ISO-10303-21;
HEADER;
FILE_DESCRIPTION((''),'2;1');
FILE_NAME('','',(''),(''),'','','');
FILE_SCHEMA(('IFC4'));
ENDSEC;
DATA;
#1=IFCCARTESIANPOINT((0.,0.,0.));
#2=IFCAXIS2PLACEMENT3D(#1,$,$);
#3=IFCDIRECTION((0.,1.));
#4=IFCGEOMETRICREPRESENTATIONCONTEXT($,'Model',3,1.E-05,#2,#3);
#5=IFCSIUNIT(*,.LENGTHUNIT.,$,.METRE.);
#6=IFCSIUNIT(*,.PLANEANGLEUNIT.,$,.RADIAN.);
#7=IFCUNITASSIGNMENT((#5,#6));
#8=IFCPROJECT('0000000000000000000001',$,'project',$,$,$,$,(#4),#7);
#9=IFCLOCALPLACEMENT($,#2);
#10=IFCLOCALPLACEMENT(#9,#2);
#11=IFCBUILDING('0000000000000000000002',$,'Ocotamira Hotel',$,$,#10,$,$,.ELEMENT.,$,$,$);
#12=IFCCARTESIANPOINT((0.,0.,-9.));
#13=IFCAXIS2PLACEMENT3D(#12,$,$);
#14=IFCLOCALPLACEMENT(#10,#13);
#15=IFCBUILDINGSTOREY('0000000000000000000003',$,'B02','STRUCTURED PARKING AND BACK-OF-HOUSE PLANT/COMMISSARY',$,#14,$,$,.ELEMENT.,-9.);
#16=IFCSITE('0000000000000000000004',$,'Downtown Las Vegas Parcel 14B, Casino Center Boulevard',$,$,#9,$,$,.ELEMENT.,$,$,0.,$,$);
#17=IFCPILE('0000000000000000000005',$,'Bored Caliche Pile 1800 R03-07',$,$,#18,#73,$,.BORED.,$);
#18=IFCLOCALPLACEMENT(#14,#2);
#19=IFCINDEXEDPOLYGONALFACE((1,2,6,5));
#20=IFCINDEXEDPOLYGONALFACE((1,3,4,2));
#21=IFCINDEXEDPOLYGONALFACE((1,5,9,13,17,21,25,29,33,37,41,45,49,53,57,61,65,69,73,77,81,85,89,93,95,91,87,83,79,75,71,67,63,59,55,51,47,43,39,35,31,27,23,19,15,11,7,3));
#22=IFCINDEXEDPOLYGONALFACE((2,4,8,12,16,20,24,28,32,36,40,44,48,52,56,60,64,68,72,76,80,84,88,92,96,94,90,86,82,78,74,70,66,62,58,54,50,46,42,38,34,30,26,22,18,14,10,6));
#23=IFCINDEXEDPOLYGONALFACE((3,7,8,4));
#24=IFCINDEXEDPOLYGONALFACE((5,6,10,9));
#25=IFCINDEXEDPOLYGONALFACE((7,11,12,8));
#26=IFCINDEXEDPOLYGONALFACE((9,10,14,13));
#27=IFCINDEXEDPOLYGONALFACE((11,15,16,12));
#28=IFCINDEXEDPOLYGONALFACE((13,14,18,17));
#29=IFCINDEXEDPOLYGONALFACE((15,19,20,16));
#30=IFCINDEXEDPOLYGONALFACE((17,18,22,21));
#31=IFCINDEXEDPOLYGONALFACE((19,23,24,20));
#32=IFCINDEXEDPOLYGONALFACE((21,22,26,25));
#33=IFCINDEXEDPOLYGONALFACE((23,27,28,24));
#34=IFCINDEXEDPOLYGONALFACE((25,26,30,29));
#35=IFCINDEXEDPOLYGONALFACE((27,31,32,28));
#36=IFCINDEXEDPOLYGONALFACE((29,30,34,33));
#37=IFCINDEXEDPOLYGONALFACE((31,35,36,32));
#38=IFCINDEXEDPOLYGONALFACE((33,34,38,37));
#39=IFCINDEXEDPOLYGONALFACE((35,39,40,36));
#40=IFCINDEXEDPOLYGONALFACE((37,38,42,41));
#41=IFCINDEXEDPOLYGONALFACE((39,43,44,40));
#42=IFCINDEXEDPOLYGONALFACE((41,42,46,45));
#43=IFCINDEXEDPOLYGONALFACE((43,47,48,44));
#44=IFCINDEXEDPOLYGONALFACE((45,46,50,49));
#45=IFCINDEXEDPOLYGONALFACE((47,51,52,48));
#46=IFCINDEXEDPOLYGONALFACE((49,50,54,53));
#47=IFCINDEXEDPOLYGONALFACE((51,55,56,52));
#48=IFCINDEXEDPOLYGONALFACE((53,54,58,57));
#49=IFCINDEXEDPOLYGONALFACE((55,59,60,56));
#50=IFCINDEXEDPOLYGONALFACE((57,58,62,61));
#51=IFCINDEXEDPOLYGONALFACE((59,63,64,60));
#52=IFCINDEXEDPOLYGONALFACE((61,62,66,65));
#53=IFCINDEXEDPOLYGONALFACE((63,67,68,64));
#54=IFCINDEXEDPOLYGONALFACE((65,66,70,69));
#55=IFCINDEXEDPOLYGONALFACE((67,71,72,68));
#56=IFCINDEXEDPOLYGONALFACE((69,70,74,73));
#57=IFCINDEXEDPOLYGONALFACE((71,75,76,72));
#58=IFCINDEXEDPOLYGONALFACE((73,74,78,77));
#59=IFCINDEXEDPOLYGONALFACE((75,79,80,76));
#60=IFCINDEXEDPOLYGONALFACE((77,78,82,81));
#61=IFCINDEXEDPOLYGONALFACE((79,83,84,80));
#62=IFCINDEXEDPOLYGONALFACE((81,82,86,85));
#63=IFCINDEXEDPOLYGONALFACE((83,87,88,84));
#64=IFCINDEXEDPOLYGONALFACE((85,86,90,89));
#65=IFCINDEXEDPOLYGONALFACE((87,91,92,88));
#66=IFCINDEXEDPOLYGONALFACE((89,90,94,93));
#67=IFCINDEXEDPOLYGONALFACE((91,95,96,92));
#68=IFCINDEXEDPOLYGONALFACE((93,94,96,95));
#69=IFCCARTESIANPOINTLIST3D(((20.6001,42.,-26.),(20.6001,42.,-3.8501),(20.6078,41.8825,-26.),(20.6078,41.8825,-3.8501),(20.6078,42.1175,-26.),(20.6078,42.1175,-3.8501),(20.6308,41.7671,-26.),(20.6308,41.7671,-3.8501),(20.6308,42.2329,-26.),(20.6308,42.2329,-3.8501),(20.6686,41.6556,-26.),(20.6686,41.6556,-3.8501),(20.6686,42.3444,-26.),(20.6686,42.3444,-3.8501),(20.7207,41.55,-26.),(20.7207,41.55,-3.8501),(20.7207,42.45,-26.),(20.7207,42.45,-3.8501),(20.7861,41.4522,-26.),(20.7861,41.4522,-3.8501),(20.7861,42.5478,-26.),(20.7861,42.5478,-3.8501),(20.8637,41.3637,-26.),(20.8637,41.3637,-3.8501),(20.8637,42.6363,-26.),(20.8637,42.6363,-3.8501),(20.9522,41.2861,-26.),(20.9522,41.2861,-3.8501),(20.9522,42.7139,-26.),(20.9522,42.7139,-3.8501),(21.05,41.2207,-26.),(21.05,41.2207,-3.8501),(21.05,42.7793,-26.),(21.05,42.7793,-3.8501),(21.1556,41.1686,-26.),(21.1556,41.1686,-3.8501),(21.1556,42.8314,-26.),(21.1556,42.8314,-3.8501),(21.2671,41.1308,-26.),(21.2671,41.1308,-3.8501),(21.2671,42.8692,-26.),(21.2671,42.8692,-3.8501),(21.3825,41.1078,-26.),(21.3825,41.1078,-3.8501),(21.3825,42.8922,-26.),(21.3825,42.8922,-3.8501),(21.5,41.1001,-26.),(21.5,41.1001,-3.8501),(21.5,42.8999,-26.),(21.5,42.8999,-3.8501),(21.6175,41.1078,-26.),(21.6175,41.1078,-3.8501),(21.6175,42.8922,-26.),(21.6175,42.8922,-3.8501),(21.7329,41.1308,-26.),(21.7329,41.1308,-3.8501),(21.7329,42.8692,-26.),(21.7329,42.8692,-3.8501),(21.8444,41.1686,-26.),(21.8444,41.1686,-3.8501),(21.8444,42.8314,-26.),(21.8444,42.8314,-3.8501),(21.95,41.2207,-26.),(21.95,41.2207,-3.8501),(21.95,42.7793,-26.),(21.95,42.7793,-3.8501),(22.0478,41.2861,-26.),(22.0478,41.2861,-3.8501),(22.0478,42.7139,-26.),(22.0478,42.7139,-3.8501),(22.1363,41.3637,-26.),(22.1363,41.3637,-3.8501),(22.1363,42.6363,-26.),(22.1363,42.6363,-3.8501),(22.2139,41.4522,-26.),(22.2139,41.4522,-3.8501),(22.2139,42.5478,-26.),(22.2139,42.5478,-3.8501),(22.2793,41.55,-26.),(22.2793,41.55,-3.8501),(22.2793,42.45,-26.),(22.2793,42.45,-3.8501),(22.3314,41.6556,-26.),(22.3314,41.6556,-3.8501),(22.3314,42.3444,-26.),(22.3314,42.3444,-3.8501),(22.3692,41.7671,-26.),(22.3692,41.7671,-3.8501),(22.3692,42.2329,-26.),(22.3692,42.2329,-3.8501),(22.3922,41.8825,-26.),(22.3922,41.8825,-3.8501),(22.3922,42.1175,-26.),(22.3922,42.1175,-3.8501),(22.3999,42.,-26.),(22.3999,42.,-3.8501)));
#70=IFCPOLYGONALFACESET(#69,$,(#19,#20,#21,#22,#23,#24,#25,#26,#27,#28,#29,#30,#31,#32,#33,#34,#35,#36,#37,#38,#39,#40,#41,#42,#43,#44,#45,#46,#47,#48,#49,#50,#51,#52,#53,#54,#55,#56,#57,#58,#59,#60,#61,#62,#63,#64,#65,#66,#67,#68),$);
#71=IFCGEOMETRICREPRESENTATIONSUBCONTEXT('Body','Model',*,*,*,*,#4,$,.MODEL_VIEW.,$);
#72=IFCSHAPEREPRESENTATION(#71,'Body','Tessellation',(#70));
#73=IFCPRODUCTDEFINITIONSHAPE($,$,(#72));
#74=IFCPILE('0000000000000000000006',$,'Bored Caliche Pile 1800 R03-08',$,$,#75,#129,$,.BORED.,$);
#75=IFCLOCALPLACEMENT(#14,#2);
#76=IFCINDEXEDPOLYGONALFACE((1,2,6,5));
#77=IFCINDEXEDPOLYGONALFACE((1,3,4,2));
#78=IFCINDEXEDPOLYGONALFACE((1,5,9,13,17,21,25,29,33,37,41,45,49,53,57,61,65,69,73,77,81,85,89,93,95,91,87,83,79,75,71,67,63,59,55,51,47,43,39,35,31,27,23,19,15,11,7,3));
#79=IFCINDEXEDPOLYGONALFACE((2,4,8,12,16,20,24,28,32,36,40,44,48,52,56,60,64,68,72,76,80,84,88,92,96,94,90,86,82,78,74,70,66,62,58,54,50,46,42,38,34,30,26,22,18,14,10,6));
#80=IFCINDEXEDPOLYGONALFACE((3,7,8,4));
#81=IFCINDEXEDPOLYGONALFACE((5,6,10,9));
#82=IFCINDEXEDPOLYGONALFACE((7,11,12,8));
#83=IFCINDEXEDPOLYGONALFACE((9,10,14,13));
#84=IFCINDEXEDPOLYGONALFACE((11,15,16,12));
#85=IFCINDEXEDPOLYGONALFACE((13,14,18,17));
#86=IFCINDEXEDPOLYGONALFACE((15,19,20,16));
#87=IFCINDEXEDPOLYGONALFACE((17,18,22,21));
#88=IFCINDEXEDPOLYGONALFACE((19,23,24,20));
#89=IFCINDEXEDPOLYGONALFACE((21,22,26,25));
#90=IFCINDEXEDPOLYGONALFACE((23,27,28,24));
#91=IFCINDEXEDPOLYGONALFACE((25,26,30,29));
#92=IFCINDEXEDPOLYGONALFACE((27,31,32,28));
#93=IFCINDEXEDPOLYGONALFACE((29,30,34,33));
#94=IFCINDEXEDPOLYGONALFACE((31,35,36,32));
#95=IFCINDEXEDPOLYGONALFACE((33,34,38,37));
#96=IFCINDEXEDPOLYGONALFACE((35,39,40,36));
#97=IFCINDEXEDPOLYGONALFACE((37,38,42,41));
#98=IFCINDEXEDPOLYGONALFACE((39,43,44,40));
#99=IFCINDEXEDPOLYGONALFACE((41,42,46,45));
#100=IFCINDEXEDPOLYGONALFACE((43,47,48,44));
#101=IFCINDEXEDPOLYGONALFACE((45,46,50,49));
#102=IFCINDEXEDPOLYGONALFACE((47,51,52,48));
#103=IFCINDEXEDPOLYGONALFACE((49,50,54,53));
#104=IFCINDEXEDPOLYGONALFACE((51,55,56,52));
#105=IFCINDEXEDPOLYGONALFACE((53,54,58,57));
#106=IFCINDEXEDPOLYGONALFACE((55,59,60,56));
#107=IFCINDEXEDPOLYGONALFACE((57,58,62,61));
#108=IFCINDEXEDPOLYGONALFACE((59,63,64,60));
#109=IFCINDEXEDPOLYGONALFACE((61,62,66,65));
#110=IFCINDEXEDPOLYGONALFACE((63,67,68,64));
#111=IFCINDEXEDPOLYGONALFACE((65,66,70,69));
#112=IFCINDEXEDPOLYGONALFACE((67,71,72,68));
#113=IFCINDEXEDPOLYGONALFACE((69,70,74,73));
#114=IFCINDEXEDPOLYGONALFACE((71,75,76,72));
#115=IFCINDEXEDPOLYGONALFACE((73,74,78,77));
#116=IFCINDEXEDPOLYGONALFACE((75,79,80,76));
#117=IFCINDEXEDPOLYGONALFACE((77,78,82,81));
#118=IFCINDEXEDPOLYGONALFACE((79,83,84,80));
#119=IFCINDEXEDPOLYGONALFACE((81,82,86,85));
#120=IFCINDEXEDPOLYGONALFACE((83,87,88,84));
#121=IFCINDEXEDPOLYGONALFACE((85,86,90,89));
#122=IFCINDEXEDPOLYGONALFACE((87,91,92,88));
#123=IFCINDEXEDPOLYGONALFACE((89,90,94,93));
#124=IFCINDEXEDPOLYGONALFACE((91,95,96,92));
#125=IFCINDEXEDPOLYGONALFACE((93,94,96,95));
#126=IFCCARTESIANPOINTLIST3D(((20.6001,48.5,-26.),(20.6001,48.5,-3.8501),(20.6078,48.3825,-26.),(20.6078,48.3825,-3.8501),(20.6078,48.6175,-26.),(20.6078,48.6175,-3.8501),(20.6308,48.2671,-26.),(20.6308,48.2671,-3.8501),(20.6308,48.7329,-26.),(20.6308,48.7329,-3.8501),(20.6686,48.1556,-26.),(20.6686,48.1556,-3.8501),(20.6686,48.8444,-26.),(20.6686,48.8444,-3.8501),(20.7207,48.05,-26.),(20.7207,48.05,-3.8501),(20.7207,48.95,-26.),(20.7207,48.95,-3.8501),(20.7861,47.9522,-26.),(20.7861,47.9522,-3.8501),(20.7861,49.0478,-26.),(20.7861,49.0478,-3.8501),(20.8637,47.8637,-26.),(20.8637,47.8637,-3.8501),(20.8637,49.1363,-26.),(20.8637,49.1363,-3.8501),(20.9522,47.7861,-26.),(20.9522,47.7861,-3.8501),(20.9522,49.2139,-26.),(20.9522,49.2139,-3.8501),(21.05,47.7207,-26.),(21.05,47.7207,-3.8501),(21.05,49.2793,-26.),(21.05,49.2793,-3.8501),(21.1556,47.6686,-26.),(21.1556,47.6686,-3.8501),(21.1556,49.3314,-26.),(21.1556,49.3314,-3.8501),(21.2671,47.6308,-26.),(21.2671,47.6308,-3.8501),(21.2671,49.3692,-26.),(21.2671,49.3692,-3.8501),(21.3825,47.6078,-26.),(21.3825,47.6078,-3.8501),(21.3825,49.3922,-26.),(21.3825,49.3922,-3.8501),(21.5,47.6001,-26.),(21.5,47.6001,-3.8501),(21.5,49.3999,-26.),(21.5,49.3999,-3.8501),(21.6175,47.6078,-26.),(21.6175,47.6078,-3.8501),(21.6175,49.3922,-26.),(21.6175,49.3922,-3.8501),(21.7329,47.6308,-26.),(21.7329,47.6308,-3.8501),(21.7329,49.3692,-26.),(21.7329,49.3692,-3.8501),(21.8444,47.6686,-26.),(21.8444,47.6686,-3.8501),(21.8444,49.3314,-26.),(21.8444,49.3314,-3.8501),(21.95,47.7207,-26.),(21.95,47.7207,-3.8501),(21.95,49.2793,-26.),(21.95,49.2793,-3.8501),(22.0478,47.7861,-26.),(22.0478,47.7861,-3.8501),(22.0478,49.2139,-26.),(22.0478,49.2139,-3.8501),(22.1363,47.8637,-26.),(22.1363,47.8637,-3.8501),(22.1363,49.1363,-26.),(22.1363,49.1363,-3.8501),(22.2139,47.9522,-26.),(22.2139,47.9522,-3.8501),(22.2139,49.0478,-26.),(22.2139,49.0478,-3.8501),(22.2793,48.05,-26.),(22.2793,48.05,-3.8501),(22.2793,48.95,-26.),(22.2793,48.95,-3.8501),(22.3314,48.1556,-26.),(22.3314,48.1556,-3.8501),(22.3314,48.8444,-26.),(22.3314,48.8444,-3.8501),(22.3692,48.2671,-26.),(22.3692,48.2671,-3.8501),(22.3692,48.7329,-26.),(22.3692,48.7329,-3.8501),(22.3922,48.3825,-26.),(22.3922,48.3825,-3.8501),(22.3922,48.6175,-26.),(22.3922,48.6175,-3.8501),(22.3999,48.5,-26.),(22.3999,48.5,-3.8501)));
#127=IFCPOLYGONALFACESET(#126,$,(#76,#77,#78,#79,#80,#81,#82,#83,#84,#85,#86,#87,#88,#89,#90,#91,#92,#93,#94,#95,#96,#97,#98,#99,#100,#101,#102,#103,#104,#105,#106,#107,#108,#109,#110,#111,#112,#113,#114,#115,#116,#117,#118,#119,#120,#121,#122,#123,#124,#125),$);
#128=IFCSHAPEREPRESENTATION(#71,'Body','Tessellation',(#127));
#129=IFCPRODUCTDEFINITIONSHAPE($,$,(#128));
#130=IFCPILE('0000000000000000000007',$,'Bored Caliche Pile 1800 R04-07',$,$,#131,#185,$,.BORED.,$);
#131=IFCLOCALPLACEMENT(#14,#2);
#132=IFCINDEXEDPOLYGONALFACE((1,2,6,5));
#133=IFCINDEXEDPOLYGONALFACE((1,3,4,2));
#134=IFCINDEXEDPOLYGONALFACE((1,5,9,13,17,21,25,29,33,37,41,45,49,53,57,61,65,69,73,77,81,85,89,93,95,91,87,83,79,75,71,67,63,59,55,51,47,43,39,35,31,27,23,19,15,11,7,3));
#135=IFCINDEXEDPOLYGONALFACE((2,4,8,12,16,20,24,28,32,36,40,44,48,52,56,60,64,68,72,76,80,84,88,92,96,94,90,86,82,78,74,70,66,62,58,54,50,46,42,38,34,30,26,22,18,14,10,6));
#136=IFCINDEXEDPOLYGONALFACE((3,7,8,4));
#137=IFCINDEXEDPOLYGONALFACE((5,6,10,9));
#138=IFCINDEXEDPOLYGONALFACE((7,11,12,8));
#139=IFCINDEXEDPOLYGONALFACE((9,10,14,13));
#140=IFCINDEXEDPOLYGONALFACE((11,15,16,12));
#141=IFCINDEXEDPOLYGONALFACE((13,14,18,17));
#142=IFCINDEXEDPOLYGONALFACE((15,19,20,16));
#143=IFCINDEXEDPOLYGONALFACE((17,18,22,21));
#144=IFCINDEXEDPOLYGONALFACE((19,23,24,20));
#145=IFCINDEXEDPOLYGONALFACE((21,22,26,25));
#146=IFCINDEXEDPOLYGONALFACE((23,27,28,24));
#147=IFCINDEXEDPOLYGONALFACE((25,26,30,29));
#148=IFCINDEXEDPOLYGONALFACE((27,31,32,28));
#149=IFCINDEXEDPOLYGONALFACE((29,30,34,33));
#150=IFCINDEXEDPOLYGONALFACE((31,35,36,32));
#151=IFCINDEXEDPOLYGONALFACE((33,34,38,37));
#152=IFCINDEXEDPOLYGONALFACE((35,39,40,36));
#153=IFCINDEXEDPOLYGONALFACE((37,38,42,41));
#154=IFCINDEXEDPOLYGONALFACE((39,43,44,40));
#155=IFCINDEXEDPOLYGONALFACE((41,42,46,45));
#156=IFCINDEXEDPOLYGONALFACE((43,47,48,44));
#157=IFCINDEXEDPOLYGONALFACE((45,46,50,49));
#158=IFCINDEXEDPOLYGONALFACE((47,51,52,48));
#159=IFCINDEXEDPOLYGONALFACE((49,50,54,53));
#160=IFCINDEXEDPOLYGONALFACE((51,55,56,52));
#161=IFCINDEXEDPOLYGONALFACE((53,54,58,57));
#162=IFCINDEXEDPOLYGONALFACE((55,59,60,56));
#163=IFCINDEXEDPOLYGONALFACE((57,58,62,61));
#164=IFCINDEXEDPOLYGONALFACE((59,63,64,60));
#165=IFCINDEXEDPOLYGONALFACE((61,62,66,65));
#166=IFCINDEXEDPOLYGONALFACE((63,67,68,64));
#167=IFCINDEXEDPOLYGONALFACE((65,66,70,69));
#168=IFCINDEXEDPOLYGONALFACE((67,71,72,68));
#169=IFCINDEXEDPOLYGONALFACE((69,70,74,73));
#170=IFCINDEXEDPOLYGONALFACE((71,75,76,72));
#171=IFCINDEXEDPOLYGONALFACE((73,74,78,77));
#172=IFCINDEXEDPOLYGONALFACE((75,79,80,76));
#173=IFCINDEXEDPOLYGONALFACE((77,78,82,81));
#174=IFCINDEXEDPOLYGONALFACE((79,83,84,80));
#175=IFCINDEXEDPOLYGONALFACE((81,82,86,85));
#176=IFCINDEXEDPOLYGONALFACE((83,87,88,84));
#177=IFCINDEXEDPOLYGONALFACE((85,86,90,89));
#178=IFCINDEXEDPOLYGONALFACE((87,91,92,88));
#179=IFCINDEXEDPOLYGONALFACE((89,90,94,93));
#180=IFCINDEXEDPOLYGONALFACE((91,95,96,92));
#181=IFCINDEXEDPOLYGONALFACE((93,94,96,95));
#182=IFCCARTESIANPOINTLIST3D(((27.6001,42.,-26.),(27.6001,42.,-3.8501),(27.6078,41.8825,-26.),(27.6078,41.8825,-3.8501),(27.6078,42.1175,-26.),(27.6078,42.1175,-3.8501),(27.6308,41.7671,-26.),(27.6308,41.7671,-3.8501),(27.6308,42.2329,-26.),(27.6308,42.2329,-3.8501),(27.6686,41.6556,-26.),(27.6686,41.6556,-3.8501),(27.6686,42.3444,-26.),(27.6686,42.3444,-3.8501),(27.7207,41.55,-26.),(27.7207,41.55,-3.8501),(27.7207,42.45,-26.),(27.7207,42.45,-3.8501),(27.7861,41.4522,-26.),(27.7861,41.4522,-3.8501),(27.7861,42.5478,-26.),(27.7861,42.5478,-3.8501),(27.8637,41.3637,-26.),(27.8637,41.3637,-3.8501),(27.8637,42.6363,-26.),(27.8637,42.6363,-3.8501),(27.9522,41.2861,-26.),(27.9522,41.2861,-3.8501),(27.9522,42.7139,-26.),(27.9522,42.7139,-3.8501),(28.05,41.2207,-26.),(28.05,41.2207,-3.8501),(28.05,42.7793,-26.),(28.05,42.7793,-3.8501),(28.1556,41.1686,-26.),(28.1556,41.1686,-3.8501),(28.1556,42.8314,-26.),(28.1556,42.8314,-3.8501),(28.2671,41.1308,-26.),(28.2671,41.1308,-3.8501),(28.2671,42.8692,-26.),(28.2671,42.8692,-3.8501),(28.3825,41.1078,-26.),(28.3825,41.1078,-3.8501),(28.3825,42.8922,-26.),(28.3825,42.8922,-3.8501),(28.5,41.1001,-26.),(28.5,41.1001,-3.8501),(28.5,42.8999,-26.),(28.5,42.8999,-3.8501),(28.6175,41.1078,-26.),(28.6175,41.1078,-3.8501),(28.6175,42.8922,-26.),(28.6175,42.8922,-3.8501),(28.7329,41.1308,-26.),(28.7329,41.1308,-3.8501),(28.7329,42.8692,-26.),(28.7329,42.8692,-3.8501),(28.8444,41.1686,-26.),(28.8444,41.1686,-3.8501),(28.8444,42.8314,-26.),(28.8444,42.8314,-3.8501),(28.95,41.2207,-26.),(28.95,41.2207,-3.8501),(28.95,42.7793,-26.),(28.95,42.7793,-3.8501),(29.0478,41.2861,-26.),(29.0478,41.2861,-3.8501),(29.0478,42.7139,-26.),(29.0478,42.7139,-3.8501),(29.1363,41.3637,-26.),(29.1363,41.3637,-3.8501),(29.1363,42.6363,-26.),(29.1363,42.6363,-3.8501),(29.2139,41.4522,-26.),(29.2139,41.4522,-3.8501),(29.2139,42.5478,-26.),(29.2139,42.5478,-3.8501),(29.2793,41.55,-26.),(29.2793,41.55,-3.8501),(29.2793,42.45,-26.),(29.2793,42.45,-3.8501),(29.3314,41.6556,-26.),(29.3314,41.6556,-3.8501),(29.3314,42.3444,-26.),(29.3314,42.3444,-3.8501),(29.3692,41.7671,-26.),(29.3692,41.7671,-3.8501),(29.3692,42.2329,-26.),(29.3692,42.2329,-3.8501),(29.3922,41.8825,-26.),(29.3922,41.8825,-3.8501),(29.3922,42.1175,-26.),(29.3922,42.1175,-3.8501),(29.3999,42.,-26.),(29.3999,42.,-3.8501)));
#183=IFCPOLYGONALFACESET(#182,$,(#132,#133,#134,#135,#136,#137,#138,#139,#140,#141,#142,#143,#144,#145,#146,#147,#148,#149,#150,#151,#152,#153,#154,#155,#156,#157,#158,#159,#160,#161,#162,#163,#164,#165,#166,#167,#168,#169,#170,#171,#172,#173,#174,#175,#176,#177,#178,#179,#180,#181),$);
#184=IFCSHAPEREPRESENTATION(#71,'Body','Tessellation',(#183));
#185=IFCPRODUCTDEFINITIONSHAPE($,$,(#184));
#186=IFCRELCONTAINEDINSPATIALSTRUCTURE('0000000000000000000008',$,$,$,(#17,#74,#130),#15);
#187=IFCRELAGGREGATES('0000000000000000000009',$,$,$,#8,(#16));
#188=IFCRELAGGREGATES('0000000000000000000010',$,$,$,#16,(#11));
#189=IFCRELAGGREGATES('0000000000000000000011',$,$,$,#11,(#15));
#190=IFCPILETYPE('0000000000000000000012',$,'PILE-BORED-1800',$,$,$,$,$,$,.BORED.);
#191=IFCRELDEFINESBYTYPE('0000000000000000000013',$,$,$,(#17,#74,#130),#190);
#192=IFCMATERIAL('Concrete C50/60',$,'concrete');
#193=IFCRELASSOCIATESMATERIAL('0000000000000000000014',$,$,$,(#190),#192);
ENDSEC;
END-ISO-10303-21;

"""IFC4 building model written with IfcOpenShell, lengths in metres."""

from ifc_helpers import new_model, si_unit, direction, frame, origin, origin_2d, place, context, subcontext, project, spatial, circle, extrude, source, transform, mapped, material, material_profile, profile_set, type_object, element, save


model = new_model("IFC4")

# Units and contexts
model_context = context("Model", 3, precision=1e-05, world=origin(), true_north=direction((0.0, 1.0)))
body_context = subcontext(model_context, "Body", "Model", "MODEL_VIEW")
ifc_project = project(units=[si_unit("LENGTHUNIT", "METRE"), si_unit("PLANEANGLEUNIT", "RADIAN")], contexts=[model_context])

# Site, building, storey
site_placement = place(None, origin())
site = spatial("IfcSite", under=ifc_project, at=site_placement, Name="Downtown Las Vegas Parcel 14B, Casino Center Boulevard", CompositionType="ELEMENT", RefElevation=0.0)
building_placement = place(site_placement, origin())
building = spatial("IfcBuilding", under=site, at=building_placement, Name="Ocotamira Hotel", CompositionType="ELEMENT")
storey_placement = place(building_placement, frame((0.0, 0.0, -9.0)))
storey = spatial("IfcBuildingStorey", under=building, at=storey_placement, Name="B02", Description="STRUCTURED PARKING AND BACK-OF-HOUSE PLANT/COMMISSARY", CompositionType="ELEMENT", Elevation=-9.0)

# Piles
ifc_material_1 = material(Name="Concrete C50/60", Category="concrete")
ifc_material_profile_1 = material_profile(ifc_material_1, circle(Radius=0.8999, at=origin_2d()), Name="PILE1800")
ifc_profile_set_1 = profile_set([ifc_material_profile_1], Name="Concrete C50/60")
pile_type = type_object("IfcPileType", Name="PILE-BORED-1800", PredefinedType="BORED", material=ifc_profile_set_1)
shared_shape_1 = source(origin(), body_context, "Body", "SweptSolid", [
    extrude(circle(Radius=0.8999, at=origin_2d()), origin(), (0.0, 0.0, 1.0), 22.1499),
])
for number, where, z_axis, x_axis, name in (
    (1, (21.5, 42.0, -3.8501), (0.0, 0.0, -1.0), (1.0, 0.0, 0.0), "Bored Caliche Pile 1800 R03-07"),
    (2, (21.5, 48.5, -3.8501), (0.0, 0.0, -1.0), (1.0, 0.0, 0.0), "Bored Caliche Pile 1800 R03-08"),
    (3, (28.5, 42.0, -3.8501), (0.0, 0.0, -1.0), (1.0, 0.0, 0.0), "Bored Caliche Pile 1800 R04-07"),
):
    element("IfcPile", number, at=place(storey_placement, frame(where, z_axis=z_axis, x_axis=x_axis)), inside=storey, type_object=pile_type, Name=name, PredefinedType="BORED", context=body_context, shape_type="MappedRepresentation", body=[
        mapped(shared_shape_1, transform((0.0, 0.0, 0.0), scale=1.0)),
    ])

save(model, "model.ifc")
